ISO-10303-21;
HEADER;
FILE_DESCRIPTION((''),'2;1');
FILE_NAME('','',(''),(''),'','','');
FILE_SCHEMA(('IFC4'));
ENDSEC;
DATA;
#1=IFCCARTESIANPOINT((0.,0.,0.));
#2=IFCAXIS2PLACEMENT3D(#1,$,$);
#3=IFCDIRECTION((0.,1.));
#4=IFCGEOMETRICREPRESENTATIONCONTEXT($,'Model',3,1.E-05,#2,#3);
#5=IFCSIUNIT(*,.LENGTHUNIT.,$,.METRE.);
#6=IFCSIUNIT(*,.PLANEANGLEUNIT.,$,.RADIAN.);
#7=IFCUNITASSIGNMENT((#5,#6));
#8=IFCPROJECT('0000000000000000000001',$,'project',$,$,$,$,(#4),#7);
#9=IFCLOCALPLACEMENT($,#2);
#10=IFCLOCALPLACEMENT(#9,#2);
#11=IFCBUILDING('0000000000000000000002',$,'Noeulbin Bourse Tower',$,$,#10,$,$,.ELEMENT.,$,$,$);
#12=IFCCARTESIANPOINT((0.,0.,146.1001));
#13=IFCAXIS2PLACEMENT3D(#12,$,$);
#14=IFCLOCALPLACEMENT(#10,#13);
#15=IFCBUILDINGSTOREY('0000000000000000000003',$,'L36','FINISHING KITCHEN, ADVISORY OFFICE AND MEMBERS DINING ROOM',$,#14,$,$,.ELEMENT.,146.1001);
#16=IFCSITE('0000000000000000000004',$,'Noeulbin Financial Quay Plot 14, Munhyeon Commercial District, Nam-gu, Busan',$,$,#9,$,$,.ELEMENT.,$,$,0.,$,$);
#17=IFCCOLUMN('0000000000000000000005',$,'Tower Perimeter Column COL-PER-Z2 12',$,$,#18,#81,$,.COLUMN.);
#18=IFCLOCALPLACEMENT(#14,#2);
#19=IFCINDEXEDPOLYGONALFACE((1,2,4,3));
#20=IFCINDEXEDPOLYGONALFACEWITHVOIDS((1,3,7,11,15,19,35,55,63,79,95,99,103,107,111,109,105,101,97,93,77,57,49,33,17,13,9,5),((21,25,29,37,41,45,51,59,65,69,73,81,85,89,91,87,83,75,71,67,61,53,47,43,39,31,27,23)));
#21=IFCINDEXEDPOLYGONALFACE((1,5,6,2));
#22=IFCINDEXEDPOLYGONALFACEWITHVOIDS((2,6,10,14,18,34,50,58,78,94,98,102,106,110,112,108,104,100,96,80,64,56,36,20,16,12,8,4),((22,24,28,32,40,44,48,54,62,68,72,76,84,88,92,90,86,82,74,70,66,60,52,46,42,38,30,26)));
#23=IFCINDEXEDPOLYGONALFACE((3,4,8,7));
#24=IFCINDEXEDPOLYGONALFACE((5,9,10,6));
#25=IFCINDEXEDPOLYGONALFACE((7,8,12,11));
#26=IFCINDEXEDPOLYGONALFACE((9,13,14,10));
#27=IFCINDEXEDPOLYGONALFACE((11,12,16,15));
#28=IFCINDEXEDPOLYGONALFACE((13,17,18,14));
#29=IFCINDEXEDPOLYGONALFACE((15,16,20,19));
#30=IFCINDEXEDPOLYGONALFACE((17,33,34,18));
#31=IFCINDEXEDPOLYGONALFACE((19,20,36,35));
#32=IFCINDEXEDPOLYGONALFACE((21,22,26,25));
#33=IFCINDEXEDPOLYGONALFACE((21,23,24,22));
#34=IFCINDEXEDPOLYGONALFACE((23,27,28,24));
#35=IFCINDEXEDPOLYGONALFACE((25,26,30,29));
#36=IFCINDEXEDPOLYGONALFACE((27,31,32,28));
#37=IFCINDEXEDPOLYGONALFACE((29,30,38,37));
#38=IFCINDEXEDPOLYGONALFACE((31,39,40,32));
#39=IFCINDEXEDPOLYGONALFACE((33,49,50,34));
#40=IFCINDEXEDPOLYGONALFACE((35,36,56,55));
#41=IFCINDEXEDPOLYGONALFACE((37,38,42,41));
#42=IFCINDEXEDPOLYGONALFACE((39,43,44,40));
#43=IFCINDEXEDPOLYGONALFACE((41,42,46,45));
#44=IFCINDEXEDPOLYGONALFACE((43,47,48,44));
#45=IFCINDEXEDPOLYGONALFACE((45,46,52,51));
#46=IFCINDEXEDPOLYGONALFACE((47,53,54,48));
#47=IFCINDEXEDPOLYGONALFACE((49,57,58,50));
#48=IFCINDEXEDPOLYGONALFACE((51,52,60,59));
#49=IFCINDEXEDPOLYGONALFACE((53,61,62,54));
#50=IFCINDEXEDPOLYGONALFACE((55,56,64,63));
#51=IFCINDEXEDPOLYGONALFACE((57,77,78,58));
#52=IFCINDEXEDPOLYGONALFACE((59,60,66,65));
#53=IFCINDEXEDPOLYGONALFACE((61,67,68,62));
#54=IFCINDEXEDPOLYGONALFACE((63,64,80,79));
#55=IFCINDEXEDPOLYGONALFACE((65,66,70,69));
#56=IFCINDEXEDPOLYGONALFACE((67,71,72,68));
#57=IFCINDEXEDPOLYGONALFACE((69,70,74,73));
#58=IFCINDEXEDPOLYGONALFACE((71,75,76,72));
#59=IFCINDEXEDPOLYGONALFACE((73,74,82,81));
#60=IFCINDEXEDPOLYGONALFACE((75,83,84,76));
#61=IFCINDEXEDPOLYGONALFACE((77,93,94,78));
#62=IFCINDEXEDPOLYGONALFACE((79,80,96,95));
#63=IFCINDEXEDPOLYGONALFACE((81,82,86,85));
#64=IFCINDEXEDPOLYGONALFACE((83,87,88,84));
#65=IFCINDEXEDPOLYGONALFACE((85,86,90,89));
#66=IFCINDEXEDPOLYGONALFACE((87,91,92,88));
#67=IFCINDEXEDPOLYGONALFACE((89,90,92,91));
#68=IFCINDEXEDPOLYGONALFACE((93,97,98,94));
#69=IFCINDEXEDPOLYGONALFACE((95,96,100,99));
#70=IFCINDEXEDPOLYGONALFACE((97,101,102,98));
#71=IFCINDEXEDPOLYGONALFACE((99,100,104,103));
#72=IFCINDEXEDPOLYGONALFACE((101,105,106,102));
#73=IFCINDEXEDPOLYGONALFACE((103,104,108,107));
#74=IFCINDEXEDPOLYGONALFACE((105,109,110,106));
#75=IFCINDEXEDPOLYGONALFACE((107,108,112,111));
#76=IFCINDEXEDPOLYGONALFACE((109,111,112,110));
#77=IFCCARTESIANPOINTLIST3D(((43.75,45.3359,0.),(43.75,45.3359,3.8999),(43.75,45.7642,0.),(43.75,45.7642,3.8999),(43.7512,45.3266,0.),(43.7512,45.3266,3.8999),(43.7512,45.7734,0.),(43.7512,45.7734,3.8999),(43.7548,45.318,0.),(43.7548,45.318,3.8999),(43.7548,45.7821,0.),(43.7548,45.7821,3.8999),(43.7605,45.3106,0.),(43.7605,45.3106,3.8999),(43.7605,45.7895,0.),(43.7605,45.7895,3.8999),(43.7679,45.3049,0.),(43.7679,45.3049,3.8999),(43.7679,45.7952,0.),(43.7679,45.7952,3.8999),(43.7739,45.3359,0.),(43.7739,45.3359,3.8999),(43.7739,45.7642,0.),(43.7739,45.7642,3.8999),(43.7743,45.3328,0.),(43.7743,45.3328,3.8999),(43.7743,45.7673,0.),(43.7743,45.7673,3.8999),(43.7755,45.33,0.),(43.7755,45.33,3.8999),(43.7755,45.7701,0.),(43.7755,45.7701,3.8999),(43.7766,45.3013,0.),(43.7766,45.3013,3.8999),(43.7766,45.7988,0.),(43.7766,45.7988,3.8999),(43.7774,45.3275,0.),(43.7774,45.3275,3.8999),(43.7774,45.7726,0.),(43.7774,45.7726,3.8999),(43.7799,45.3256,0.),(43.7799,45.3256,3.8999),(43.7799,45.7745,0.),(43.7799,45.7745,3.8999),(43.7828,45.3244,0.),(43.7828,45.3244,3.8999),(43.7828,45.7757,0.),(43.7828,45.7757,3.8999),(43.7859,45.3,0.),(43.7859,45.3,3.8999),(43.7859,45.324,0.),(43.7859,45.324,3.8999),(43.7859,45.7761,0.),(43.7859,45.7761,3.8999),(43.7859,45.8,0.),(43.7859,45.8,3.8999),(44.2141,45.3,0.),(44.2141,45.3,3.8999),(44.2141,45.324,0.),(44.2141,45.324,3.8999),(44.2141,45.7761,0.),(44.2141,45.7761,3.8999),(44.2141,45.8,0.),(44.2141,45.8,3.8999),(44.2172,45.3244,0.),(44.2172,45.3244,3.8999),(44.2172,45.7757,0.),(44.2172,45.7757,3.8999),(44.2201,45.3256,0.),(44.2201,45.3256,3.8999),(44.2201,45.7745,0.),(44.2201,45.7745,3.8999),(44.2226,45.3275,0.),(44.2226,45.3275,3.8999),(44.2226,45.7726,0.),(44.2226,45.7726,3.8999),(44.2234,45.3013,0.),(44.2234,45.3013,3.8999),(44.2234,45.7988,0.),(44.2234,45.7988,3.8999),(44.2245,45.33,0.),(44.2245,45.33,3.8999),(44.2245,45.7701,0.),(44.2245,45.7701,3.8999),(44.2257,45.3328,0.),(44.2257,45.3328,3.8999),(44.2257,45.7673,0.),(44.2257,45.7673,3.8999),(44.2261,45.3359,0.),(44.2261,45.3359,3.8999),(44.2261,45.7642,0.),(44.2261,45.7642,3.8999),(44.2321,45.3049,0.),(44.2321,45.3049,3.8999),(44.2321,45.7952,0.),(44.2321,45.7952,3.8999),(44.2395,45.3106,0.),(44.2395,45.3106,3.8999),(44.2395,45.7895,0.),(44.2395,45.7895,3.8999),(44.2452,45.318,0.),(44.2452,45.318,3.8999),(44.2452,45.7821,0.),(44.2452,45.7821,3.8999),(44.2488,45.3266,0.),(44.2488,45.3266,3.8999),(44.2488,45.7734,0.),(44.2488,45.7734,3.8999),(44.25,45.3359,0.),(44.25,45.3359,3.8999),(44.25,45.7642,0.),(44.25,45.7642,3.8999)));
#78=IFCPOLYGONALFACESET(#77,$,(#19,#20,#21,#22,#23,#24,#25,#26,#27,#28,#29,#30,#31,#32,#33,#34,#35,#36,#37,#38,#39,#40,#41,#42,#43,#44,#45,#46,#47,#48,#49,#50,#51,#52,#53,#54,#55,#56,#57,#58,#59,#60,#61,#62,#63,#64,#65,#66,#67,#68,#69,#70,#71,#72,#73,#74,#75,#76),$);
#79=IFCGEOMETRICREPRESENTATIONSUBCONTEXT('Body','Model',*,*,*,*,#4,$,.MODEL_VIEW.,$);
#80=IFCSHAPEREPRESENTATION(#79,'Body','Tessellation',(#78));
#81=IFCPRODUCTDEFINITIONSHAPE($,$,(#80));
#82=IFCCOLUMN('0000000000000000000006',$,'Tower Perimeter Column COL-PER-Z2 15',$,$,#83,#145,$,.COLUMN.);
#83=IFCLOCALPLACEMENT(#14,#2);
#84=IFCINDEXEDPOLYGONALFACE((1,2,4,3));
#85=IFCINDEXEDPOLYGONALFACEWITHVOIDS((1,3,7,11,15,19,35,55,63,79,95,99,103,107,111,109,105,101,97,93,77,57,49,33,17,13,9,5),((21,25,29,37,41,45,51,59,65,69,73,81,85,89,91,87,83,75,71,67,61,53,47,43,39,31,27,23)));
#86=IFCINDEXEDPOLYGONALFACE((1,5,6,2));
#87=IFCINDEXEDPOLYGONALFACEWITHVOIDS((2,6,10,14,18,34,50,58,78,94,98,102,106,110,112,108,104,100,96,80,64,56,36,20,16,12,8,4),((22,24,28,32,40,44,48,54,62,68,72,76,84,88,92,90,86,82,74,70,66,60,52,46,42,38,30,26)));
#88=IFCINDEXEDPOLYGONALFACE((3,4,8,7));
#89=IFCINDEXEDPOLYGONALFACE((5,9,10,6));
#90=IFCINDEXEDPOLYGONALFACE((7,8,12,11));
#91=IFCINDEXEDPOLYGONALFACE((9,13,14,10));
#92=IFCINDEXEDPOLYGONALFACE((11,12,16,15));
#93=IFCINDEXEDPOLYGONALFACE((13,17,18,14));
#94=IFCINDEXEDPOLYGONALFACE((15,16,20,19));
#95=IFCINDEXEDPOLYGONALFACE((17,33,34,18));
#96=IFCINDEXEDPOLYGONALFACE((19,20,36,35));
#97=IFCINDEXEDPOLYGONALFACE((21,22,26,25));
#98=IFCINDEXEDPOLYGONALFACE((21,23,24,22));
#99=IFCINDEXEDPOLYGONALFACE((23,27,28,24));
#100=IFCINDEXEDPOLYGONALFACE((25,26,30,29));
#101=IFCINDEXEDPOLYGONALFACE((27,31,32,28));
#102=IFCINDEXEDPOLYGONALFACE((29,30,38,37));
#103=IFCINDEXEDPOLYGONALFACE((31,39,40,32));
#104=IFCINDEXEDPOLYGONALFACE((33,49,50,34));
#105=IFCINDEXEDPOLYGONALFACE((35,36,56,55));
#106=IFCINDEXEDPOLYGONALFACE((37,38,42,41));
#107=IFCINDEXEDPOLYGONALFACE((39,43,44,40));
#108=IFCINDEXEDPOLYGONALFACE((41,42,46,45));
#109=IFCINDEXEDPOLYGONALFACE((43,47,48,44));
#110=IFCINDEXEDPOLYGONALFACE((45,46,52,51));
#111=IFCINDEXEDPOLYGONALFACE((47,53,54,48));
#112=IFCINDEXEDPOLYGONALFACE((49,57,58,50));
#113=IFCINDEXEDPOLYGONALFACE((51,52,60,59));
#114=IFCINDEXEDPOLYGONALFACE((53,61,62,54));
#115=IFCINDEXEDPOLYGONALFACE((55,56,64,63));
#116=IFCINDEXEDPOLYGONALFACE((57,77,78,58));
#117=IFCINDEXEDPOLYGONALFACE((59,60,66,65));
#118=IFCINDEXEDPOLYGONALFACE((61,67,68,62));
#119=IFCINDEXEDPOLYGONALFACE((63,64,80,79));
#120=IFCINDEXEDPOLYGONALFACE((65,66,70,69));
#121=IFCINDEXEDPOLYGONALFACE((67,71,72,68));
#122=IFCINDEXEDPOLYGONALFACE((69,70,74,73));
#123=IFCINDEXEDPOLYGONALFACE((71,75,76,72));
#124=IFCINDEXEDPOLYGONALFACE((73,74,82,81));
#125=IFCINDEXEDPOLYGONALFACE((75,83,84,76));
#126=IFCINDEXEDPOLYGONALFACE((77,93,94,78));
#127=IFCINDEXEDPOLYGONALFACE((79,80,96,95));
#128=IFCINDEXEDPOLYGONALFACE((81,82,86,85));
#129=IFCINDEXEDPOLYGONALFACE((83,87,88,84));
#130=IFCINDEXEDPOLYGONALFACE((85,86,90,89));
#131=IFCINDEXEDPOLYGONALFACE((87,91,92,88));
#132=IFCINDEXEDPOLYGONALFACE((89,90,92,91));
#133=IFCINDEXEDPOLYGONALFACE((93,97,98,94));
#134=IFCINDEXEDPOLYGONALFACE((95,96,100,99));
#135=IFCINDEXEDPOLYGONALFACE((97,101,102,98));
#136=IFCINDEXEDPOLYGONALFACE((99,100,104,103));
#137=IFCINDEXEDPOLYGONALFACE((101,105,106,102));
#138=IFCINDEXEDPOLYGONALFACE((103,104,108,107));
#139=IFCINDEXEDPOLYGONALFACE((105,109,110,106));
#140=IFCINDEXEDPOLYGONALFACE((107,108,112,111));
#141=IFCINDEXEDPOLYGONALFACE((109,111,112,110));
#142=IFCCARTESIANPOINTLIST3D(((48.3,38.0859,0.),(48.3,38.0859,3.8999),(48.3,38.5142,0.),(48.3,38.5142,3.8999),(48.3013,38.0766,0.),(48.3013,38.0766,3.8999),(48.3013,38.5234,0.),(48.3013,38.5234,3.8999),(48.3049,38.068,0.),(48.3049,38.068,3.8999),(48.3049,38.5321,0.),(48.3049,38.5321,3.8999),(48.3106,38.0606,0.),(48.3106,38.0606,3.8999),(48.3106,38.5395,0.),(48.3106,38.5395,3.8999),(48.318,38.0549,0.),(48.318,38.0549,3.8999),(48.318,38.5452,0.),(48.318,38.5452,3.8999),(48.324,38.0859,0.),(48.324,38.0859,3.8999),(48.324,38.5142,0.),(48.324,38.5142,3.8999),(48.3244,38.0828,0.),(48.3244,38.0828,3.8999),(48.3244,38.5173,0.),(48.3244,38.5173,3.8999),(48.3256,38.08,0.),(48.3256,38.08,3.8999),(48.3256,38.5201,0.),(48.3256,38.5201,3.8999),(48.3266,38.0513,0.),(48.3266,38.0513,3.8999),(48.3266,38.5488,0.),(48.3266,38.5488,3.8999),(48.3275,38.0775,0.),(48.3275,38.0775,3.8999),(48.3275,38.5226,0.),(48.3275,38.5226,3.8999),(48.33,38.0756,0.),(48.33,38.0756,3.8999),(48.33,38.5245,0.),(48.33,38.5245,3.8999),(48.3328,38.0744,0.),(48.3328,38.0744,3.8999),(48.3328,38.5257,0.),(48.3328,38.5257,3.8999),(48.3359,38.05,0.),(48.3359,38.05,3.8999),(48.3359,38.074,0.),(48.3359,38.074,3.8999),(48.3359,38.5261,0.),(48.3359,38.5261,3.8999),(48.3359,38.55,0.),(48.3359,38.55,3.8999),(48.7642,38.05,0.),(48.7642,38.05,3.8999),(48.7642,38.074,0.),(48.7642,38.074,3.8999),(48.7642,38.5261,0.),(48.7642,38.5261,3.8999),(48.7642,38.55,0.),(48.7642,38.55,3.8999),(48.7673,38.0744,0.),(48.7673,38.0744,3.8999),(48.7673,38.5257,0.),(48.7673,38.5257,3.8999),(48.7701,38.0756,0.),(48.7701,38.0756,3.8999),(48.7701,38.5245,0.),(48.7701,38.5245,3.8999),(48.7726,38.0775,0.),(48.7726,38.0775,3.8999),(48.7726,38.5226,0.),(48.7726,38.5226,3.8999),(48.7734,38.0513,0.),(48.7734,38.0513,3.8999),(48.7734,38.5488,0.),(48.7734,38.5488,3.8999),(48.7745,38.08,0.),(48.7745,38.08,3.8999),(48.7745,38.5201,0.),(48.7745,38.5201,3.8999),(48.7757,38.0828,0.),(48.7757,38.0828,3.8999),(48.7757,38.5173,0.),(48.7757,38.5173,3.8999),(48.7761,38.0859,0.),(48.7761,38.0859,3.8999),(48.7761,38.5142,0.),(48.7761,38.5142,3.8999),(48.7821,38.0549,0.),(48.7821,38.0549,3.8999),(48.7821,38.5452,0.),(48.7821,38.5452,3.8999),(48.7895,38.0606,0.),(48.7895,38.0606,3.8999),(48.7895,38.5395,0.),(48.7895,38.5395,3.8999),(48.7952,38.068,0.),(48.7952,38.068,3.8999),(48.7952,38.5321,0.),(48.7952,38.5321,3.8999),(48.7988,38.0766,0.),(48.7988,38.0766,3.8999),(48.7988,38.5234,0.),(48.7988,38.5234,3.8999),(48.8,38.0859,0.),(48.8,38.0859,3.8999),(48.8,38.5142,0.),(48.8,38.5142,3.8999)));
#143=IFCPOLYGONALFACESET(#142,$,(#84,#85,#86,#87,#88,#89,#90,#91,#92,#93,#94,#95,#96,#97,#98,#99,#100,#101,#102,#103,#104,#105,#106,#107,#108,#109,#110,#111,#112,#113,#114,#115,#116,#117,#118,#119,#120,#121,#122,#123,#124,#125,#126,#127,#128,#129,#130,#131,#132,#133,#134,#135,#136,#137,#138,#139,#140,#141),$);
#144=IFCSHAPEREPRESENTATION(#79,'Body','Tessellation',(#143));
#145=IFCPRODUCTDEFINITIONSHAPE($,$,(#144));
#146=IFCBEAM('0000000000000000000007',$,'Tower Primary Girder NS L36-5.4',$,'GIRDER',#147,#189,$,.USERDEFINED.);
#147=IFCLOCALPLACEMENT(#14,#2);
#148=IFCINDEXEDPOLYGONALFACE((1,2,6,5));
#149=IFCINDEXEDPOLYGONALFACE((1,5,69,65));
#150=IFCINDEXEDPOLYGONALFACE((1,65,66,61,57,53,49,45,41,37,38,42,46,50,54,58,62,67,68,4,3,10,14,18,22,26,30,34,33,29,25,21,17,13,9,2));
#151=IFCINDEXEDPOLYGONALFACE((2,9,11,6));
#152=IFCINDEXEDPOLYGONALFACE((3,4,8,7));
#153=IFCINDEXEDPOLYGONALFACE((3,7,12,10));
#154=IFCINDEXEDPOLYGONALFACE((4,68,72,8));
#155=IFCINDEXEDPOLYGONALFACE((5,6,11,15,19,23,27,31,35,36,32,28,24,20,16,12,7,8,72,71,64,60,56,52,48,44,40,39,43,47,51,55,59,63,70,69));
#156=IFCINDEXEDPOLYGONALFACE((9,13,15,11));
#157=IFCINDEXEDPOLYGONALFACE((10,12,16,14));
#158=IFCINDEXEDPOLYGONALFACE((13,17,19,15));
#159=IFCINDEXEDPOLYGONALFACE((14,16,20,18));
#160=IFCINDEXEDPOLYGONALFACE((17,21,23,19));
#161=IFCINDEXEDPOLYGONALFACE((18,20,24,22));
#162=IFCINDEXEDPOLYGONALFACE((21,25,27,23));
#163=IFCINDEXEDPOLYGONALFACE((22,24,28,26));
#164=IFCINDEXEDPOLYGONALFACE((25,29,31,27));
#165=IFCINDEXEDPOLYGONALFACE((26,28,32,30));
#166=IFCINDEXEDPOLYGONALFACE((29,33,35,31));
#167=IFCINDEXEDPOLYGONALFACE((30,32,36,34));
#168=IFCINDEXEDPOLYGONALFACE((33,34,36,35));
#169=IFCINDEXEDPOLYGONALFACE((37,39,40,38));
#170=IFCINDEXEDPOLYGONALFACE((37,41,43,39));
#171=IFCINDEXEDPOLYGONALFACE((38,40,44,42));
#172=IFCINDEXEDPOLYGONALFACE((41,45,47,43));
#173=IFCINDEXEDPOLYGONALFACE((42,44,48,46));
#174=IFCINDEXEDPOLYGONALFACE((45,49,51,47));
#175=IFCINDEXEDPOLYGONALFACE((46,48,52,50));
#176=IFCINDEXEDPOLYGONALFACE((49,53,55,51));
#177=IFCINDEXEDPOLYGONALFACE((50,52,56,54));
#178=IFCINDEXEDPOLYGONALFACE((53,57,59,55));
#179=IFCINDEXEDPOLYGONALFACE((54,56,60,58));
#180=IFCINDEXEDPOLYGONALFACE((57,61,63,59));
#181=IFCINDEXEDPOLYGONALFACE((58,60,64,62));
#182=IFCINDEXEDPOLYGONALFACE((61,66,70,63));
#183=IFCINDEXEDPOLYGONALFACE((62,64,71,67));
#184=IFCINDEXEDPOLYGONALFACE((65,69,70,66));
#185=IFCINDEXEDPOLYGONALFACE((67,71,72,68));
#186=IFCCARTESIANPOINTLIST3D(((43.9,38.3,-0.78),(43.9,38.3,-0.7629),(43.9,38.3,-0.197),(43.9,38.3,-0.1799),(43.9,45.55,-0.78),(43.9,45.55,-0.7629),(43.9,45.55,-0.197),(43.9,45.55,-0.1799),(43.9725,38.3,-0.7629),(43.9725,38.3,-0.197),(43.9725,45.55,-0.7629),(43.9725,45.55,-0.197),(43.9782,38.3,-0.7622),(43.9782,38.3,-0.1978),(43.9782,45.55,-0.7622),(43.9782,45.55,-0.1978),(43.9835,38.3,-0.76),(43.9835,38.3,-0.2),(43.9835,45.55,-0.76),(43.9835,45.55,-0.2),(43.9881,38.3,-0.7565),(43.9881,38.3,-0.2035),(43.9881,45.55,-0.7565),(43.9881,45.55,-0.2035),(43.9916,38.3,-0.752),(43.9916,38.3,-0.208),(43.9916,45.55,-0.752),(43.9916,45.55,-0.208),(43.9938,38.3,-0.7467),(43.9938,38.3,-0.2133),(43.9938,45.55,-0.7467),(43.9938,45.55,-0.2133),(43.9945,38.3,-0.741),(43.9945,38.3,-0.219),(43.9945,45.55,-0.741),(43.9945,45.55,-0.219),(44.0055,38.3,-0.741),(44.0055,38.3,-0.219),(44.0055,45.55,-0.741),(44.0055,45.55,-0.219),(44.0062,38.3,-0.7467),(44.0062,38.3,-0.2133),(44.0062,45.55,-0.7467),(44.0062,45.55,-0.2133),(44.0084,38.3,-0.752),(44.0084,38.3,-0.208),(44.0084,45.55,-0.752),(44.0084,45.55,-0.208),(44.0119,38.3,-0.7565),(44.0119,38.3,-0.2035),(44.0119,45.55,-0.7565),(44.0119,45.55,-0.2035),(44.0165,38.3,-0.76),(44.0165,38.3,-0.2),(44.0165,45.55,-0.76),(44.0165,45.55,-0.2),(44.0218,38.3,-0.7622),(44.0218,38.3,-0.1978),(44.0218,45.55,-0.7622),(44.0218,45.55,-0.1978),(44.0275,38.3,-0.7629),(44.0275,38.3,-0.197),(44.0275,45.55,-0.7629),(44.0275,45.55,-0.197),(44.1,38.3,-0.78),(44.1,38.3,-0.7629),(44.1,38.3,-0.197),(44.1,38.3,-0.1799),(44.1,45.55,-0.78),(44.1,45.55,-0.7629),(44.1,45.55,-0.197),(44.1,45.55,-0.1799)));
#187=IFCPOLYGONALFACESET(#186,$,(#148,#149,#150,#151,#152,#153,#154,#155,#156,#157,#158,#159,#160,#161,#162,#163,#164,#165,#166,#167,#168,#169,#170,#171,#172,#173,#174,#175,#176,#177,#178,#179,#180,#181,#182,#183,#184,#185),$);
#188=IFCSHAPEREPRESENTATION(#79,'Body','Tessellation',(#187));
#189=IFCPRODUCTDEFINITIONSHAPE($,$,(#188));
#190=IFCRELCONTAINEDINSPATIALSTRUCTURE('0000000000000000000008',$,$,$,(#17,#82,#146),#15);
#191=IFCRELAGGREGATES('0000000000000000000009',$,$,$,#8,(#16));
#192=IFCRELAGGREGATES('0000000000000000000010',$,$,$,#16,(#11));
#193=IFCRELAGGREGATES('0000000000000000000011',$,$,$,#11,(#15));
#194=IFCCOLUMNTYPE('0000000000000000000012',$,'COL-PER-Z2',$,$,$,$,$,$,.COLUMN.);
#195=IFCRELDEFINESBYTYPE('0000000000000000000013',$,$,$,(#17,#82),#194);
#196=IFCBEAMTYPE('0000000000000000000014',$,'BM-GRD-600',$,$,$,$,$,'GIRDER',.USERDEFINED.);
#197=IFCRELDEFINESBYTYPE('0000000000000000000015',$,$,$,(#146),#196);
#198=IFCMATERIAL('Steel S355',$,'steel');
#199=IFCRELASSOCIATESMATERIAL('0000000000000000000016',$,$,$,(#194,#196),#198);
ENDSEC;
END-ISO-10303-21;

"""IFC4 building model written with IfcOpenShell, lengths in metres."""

from ifc_helpers import new_model, si_unit, direction, frame, origin, origin_2d, place, context, subcontext, project, spatial, hollow_rectangle, i_section, extrude, material, material_profile, profile_set, type_object, element, save


model = new_model("IFC4")

# Units and contexts
model_context = context("Model", 3, precision=1e-05, world=origin(), true_north=direction((0.0, 1.0)))
body_context = subcontext(model_context, "Body", "Model", "MODEL_VIEW")
ifc_project = project(units=[si_unit("LENGTHUNIT", "METRE"), si_unit("PLANEANGLEUNIT", "RADIAN")], contexts=[model_context])

# Site, building, storey
site_placement = place(None, origin())
site = spatial("IfcSite", under=ifc_project, at=site_placement, Name="Noeulbin Financial Quay Plot 14, Munhyeon Commercial District, Nam-gu, Busan", CompositionType="ELEMENT", RefElevation=0.0)
building_placement = place(site_placement, origin())
building = spatial("IfcBuilding", under=site, at=building_placement, Name="Noeulbin Bourse Tower", CompositionType="ELEMENT")
storey_placement = place(building_placement, frame((0.0, 0.0, 146.1001)))
storey = spatial("IfcBuildingStorey", under=building, at=storey_placement, Name="L36", Description="FINISHING KITCHEN, ADVISORY OFFICE AND MEMBERS DINING ROOM", CompositionType="ELEMENT", Elevation=146.1001)

# Columns
ifc_material_1 = material(Name="Steel S355", Category="steel")
ifc_material_profile_1 = material_profile(ifc_material_1, hollow_rectangle(XDim=0.5, YDim=0.5, WallThickness=0.0239, InnerFilletRadius=0.012, OuterFilletRadius=0.0359, at=origin_2d()), Name="BOX-500x500x24", Category="LoadBearing")
ifc_profile_set_1 = profile_set([ifc_material_profile_1], Name="Steel S355")
column_type = type_object("IfcColumnType", Name="COL-PER-Z2", PredefinedType="COLUMN", material=ifc_profile_set_1)
for number, where, z_axis, x_axis, name in (
    (1, (44.0, 45.55, 0.0), (0.0, 0.0, 1.0), (1.0, 0.0, 0.0), "Tower Perimeter Column COL-PER-Z2 12"),
    (2, (48.55, 38.3, 0.0), (0.0, 0.0, 1.0), (1.0, 0.0, 0.0), "Tower Perimeter Column COL-PER-Z2 15"),
):
    element("IfcColumn", number, at=place(storey_placement, frame(where, z_axis=z_axis, x_axis=x_axis)), inside=storey, type_object=column_type, Name=name, PredefinedType="COLUMN", context=body_context, shape_type="SweptSolid", body=[
        extrude(hollow_rectangle(XDim=0.5, YDim=0.5, WallThickness=0.0239, InnerFilletRadius=0.012, OuterFilletRadius=0.0359, at=origin_2d()), origin(), (0.0, 0.0, 1.0), 3.8999),
    ])

# Beam
ifc_material_profile_2 = material_profile(ifc_material_1, i_section(OverallWidth=0.2, OverallDepth=0.6001, WebThickness=0.011, FlangeThickness=0.0171, FilletRadius=0.022, at=origin_2d()), Name="H-600x200x11x17", Category="LoadBearing")
ifc_profile_set_2 = profile_set([ifc_material_profile_2], Name="Steel S355")
beam_type_1 = type_object("IfcBeamType", Name="BM-GRD-600", ElementType="GIRDER", PredefinedType="USERDEFINED", material=ifc_profile_set_2)
beam_placement = place(storey_placement, frame((44.0, 38.3, -0.48), z_axis=(0.0, 1.0, 0.0), x_axis=(-1.0, 0.0, 0.0)))
element("IfcBeam", 3, at=beam_placement, inside=storey, type_object=beam_type_1, Name="Tower Primary Girder NS L36-5.4", ObjectType="GIRDER", PredefinedType="USERDEFINED", context=body_context, shape_type="SweptSolid", body=[
    extrude(i_section(OverallWidth=0.2, OverallDepth=0.6001, WebThickness=0.011, FlangeThickness=0.0171, FilletRadius=0.022, at=origin_2d()), origin(), (0.0, 0.0, 1.0), 7.25),
])

save(model, "model.ifc")
